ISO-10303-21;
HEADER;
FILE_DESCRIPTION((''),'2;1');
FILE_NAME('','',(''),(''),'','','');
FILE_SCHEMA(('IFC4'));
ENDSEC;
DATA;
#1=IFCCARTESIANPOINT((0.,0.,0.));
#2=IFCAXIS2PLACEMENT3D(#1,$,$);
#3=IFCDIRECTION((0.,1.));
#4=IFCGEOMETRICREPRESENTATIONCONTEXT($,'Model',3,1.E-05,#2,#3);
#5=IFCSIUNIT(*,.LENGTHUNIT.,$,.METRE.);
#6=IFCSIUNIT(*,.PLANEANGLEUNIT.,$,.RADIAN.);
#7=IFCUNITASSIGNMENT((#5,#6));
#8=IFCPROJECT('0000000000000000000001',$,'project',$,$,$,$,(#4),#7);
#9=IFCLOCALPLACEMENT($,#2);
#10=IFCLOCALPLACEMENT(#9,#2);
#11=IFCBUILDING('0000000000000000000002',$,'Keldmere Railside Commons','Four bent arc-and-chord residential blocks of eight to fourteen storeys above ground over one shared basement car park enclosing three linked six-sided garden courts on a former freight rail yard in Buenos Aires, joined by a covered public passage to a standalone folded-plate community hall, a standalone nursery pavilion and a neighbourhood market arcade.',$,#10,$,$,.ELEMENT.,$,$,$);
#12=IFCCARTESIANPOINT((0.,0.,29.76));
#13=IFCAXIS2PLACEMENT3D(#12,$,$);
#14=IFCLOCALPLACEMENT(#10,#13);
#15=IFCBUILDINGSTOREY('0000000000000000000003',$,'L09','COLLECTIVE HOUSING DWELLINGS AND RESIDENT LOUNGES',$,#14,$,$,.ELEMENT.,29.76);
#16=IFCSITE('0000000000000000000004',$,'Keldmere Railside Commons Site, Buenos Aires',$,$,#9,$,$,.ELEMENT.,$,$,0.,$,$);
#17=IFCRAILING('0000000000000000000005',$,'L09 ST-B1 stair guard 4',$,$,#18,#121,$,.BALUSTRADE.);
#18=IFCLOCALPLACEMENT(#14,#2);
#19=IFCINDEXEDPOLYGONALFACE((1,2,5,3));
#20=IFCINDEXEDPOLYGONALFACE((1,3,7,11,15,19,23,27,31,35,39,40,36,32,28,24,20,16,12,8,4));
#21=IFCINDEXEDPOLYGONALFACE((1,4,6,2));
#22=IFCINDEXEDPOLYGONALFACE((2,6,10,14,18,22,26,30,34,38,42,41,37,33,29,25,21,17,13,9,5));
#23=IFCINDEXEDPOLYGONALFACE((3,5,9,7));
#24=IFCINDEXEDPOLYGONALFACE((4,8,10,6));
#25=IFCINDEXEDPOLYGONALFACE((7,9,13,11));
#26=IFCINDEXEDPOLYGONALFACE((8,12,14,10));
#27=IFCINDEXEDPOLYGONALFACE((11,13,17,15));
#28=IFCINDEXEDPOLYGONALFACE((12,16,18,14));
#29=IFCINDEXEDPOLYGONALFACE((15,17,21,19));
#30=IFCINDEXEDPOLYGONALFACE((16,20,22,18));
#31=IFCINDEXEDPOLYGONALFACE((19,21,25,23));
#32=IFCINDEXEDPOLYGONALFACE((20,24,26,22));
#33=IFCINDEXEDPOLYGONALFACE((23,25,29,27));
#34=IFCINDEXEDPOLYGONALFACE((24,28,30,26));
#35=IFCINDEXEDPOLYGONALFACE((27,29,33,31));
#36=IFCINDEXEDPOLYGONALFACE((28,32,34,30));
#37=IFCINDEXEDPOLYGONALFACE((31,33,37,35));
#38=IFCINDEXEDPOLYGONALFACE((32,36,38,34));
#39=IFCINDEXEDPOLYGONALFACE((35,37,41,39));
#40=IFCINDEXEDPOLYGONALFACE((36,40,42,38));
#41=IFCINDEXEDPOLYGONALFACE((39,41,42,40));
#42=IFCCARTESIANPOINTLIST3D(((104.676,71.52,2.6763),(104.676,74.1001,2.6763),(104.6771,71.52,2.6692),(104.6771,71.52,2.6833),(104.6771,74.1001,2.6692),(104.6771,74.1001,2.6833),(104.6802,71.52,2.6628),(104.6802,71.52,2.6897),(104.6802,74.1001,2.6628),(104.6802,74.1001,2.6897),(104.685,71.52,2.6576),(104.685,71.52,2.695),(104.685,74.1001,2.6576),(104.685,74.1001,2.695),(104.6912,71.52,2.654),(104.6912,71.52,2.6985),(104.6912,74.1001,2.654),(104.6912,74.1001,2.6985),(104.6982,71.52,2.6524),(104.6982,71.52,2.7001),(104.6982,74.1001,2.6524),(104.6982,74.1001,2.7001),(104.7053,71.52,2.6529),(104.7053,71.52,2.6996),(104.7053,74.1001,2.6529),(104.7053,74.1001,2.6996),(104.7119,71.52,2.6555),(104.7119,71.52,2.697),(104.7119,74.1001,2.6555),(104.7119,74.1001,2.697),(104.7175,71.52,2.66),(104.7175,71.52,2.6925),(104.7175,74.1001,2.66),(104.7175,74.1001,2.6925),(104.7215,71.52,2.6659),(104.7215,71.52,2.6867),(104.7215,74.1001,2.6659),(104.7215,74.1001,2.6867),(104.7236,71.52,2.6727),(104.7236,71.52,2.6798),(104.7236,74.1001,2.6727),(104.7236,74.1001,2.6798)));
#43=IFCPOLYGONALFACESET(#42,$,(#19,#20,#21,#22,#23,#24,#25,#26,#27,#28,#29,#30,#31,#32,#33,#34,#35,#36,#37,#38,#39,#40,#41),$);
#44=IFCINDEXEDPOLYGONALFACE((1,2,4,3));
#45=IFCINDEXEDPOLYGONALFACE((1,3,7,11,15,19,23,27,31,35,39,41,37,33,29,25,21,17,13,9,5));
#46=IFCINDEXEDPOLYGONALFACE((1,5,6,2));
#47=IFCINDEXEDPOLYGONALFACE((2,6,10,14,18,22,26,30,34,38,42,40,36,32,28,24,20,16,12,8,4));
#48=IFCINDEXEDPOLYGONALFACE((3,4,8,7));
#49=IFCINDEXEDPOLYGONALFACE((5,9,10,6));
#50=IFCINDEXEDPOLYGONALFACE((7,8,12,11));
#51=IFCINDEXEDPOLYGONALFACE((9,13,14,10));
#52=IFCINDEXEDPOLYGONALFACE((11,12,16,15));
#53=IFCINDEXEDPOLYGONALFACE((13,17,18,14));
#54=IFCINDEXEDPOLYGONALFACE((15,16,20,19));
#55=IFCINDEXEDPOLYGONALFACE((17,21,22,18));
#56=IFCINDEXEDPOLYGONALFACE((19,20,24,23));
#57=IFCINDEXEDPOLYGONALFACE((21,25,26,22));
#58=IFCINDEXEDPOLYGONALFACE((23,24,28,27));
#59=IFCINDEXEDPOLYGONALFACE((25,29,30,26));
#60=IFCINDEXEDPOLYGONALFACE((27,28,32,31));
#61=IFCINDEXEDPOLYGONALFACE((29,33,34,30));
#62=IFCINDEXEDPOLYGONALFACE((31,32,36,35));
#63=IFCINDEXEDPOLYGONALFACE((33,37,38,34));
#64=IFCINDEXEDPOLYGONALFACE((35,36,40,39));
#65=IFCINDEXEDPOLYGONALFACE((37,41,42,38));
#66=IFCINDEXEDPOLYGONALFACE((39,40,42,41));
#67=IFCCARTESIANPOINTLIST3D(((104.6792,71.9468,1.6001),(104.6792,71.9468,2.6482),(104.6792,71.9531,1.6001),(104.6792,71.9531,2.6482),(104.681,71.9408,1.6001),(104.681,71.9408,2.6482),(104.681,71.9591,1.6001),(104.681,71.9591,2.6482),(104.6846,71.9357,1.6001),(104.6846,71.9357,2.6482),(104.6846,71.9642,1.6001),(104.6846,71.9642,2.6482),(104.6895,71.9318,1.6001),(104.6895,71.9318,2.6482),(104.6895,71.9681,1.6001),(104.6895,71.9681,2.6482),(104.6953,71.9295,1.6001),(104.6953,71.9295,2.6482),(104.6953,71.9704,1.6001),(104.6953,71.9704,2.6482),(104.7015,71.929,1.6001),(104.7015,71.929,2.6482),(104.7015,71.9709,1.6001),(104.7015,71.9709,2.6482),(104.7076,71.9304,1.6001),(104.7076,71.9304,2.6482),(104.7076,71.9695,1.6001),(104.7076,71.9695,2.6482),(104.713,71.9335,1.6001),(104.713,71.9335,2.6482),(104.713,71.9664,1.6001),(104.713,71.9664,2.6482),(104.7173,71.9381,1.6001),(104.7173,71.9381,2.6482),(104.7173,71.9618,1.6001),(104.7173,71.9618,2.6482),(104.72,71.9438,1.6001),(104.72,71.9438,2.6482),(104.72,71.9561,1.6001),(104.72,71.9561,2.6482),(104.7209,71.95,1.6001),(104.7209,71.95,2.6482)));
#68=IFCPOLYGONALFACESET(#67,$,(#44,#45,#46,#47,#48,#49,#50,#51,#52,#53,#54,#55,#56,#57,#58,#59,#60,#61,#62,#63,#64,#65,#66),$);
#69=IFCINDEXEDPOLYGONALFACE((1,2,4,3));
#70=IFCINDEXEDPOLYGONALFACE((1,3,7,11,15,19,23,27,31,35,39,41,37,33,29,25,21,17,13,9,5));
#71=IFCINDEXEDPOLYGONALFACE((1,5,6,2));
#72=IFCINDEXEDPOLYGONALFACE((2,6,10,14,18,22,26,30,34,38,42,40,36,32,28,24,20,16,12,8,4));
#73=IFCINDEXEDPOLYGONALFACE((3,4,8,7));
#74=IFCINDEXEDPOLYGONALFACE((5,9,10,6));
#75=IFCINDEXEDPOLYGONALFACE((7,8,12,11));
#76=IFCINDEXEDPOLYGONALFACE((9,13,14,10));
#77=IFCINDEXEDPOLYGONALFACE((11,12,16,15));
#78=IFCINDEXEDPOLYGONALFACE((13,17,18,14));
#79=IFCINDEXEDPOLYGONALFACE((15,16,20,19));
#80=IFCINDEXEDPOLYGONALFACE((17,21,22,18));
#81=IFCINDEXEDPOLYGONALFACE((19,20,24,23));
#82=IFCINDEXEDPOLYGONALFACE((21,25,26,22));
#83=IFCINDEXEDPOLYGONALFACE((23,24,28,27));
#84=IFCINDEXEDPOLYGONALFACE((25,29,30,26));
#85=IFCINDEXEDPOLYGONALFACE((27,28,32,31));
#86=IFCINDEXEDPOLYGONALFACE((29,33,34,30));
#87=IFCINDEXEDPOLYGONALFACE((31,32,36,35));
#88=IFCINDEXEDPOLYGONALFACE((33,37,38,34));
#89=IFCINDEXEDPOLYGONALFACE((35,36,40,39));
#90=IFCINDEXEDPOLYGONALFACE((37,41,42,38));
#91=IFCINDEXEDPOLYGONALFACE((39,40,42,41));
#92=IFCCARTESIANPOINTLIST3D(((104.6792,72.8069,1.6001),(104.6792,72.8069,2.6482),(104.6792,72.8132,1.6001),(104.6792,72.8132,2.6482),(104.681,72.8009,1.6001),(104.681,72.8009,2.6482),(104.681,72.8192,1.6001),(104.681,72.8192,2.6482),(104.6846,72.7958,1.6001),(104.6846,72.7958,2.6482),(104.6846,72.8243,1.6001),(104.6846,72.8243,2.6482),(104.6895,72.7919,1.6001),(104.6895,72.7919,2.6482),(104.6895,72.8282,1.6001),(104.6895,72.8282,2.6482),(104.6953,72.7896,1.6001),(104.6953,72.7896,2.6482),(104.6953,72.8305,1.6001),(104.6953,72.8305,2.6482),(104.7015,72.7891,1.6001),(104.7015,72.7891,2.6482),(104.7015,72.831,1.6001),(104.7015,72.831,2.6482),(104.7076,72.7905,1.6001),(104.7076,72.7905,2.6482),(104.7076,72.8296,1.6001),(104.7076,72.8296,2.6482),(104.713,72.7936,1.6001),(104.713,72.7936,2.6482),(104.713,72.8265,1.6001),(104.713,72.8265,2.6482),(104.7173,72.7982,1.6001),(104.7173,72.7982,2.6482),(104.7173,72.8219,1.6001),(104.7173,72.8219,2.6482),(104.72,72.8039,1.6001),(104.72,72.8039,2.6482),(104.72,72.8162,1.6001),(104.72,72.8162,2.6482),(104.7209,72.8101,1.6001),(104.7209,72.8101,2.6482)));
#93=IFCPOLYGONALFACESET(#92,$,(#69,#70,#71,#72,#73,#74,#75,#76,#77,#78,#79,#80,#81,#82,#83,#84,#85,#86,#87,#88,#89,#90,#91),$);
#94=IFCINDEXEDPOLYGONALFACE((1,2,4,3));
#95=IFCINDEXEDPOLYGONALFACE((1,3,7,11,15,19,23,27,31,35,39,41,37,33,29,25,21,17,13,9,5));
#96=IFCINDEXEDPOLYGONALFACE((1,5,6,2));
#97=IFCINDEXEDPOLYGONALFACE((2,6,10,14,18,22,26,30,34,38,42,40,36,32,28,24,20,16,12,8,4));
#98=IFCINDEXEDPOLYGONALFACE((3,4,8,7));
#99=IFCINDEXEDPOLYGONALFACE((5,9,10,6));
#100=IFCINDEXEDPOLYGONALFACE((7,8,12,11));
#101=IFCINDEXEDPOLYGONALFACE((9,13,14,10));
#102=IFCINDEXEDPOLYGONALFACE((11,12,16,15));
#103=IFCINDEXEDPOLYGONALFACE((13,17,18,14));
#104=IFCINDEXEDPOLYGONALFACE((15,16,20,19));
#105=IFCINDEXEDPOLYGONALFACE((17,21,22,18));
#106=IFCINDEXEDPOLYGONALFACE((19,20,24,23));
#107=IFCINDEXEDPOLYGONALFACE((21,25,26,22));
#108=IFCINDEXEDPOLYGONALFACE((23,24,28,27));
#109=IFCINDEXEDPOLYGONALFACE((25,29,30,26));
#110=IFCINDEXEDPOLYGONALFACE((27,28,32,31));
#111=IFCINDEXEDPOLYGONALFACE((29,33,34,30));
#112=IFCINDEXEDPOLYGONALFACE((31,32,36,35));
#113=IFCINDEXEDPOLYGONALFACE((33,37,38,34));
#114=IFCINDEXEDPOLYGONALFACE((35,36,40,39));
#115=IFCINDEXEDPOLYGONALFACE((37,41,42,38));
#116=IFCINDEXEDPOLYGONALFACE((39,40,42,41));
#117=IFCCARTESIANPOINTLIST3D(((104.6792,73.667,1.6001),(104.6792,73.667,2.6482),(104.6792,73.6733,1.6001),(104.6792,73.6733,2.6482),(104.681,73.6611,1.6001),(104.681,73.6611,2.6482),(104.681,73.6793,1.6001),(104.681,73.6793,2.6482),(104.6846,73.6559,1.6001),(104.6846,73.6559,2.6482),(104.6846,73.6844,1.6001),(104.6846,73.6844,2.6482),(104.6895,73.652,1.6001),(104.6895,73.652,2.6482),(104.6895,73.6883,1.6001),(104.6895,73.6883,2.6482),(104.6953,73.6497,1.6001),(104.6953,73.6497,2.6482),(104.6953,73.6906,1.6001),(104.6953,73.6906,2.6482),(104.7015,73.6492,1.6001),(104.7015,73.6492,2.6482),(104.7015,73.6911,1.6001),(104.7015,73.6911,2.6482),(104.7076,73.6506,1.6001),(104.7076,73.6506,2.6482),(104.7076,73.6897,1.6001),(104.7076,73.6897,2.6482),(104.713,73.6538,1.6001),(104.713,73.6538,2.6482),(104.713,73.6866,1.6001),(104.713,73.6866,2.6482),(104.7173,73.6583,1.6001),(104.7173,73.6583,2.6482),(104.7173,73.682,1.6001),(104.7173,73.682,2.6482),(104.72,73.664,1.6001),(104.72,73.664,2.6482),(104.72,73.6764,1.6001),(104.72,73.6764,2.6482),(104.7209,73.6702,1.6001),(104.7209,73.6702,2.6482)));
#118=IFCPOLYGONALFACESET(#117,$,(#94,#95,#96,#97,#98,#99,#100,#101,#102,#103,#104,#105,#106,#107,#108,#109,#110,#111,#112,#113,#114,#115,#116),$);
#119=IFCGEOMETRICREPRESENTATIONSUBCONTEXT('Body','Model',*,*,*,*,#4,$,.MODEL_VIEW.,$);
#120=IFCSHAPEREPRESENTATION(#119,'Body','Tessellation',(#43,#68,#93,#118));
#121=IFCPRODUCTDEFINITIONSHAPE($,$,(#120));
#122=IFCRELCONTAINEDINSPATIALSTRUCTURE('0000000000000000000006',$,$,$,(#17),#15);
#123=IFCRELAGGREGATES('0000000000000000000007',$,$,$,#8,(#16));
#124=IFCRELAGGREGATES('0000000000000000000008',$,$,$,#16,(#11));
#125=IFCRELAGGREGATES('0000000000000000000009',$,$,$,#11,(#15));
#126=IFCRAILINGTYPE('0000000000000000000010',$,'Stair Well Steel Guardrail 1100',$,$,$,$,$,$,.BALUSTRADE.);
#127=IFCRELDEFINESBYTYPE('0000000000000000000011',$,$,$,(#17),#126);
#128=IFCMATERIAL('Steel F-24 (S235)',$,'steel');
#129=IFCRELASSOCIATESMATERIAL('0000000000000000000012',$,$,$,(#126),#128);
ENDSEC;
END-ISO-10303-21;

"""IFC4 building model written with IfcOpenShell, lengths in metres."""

from ifc_helpers import new_model, si_unit, direction, frame, origin, origin_2d, place, context, subcontext, project, spatial, circle, extrude, material, type_object, element, save


model = new_model("IFC4")

# Units and contexts
model_context = context("Model", 3, precision=1e-05, world=origin(), true_north=direction((0.0, 1.0)))
body_context = subcontext(model_context, "Body", "Model", "MODEL_VIEW")
ifc_project = project(units=[si_unit("LENGTHUNIT", "METRE"), si_unit("PLANEANGLEUNIT", "RADIAN")], contexts=[model_context])

# Site, building, storey
site_placement = place(None, origin())
site = spatial("IfcSite", under=ifc_project, at=site_placement, Name="Keldmere Railside Commons Site, Buenos Aires", CompositionType="ELEMENT", RefElevation=0.0)
building_placement = place(site_placement, origin())
building = spatial("IfcBuilding", under=site, at=building_placement, Name="Keldmere Railside Commons", Description="Four bent arc-and-chord residential blocks of eight to fourteen storeys above ground over one shared basement car park enclosing three linked six-sided garden courts on a former freight rail yard in Buenos Aires, joined by a covered public passage to a standalone folded-plate community hall, a standalone nursery pavilion and a neighbourhood market arcade.", CompositionType="ELEMENT")
storey_placement = place(building_placement, frame((0.0, 0.0, 29.76)))
storey = spatial("IfcBuildingStorey", under=building, at=storey_placement, Name="L09", Description="COLLECTIVE HOUSING DWELLINGS AND RESIDENT LOUNGES", CompositionType="ELEMENT", Elevation=29.76)

# Shared definitions
ifc_material_1 = material(Name="Steel F-24 (S235)", Category="steel")

# Railing
railing_type_1 = type_object("IfcRailingType", Name="Stair Well Steel Guardrail 1100", PredefinedType="BALUSTRADE", material=ifc_material_1)
for number, where, name in (
    (1, (104.7, 71.52, 1.6001), "L09 ST-B1 stair guard 4"),
):
    element("IfcRailing", number, at=place(storey_placement, frame(where)), inside=storey, type_object=railing_type_1, Name=name, PredefinedType="BALUSTRADE", context=body_context, shape_type="SweptSolid", body=[
        extrude(circle(Radius=0.0239, at=origin_2d()), frame((0.0, 0.0, 1.0762), z_axis=(0.0, 1.0, 0.0), x_axis=(-1.0, 0.0, 0.0)), (0.0, 0.0, 1.0), 2.5801),
        extrude(circle(Radius=0.021, at=origin_2d()), frame((0.0, 0.4299, 0.0)), (0.0, 0.0, 1.0), 1.0481),
        extrude(circle(Radius=0.021, at=origin_2d()), frame((0.0, 1.29, 0.0)), (0.0, 0.0, 1.0), 1.0481),
        extrude(circle(Radius=0.021, at=origin_2d()), frame((0.0, 2.1501, 0.0)), (0.0, 0.0, 1.0), 1.0481),
    ])

save(model, "model.ifc")
